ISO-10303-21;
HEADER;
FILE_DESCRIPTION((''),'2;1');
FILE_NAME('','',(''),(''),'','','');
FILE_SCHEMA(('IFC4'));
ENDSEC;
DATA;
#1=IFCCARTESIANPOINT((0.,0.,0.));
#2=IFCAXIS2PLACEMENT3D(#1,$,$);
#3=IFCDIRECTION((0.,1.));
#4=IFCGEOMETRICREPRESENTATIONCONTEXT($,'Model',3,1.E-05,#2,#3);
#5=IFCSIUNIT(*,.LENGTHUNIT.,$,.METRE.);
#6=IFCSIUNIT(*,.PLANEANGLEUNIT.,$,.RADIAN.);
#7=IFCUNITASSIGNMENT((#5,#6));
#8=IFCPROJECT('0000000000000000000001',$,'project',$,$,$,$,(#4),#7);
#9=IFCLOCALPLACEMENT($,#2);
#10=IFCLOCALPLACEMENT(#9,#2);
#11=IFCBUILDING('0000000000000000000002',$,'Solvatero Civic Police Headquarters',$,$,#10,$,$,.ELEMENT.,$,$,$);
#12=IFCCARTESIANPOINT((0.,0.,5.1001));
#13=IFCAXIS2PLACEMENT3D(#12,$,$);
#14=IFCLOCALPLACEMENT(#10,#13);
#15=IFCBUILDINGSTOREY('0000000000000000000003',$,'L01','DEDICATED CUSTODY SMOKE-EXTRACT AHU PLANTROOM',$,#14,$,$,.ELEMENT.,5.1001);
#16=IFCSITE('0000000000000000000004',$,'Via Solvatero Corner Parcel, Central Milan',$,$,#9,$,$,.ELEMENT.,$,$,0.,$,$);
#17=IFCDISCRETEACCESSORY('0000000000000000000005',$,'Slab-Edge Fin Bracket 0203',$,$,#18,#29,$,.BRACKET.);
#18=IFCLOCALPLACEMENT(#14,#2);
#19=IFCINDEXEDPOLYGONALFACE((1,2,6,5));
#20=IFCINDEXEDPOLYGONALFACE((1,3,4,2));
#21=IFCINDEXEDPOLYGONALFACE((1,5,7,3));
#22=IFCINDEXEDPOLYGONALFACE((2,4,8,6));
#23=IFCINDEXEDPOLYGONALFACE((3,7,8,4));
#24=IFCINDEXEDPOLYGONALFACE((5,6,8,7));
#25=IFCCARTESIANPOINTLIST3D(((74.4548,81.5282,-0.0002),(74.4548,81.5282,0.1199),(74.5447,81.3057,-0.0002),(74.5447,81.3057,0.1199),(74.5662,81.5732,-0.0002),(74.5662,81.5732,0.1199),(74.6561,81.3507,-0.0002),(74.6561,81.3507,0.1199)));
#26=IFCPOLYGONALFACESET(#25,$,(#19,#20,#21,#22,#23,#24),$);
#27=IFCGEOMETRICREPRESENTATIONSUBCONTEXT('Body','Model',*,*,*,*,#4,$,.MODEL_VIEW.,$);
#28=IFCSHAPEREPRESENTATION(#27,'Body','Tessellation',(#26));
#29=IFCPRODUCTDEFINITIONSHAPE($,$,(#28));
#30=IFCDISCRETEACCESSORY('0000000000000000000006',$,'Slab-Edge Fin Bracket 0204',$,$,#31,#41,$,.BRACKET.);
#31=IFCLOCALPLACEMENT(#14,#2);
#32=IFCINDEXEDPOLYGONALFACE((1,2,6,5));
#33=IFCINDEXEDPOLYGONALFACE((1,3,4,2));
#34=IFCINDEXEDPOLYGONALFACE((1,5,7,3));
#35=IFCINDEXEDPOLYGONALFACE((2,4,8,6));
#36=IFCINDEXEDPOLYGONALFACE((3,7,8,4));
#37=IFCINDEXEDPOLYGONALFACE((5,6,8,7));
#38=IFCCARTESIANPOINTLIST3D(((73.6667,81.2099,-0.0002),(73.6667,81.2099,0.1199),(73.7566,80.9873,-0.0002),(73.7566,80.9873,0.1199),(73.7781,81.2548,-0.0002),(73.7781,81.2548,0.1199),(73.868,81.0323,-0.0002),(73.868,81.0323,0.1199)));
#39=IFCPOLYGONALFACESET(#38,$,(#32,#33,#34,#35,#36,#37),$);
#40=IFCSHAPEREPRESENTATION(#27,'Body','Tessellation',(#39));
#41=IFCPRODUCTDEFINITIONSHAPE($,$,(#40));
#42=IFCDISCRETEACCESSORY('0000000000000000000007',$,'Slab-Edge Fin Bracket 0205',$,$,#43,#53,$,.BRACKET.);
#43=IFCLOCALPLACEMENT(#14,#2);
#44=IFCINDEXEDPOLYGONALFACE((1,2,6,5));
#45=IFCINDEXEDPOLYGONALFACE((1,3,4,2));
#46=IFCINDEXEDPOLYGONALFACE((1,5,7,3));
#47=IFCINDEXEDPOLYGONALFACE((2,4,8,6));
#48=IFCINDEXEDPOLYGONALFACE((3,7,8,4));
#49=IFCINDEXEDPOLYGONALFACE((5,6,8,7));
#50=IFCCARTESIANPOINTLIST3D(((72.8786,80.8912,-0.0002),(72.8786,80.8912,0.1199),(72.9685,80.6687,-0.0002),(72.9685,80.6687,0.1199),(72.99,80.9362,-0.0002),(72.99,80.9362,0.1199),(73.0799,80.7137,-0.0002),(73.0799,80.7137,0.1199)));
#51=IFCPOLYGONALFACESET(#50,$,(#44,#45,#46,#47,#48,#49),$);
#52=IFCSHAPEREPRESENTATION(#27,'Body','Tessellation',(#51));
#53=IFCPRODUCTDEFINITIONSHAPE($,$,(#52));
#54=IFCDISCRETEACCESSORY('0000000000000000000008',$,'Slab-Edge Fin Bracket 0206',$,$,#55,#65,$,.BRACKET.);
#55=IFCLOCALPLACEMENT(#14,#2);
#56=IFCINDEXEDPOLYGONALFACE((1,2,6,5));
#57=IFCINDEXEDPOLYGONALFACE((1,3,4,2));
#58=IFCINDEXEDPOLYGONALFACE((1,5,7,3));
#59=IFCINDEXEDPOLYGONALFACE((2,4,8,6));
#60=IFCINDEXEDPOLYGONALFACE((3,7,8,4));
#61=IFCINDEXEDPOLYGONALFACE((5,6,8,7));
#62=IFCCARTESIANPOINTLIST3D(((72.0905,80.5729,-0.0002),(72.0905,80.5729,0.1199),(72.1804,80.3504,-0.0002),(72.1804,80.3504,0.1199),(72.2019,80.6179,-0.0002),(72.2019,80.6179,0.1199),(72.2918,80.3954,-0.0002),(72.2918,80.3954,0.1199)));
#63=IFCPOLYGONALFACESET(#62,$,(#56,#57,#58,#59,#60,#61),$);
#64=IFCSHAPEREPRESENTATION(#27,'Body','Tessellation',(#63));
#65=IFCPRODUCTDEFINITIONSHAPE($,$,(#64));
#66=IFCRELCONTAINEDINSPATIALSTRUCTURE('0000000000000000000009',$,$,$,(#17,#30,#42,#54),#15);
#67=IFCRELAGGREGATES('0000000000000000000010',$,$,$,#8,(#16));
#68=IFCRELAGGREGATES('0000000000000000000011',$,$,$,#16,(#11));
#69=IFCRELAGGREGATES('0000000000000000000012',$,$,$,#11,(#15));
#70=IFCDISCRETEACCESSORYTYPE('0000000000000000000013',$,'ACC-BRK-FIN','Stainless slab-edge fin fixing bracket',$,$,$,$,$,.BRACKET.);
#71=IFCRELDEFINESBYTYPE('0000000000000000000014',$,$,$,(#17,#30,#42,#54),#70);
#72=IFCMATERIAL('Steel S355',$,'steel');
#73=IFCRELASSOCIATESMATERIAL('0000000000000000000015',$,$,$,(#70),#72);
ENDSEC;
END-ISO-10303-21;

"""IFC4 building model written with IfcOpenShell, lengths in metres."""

from ifc_helpers import new_model, si_unit, direction, frame, origin, origin_2d, place, context, subcontext, project, spatial, rectangle, extrude, material, type_object, element, save


model = new_model("IFC4")

# Units and contexts
model_context = context("Model", 3, precision=1e-05, world=origin(), true_north=direction((0.0, 1.0)))
body_context = subcontext(model_context, "Body", "Model", "MODEL_VIEW")
ifc_project = project(units=[si_unit("LENGTHUNIT", "METRE"), si_unit("PLANEANGLEUNIT", "RADIAN")], contexts=[model_context])

# Site, building, storey
site_placement = place(None, origin())
site = spatial("IfcSite", under=ifc_project, at=site_placement, Name="Via Solvatero Corner Parcel, Central Milan", CompositionType="ELEMENT", RefElevation=0.0)
building_placement = place(site_placement, origin())
building = spatial("IfcBuilding", under=site, at=building_placement, Name="Solvatero Civic Police Headquarters", CompositionType="ELEMENT")
storey_placement = place(building_placement, frame((0.0, 0.0, 5.1001)))
storey = spatial("IfcBuildingStorey", under=building, at=storey_placement, Name="L01", Description="DEDICATED CUSTODY SMOKE-EXTRACT AHU PLANTROOM", CompositionType="ELEMENT", Elevation=5.1001)

# Shared definitions
ifc_material_1 = material(Name="Steel S355", Category="steel")

# Discrete accessories
discrete_accessory_type = type_object("IfcDiscreteAccessoryType", Name="ACC-BRK-FIN", Description="Stainless slab-edge fin fixing bracket", PredefinedType="BRACKET", material=ifc_material_1)
for number, where, z_axis, x_axis, name in (
    (1, (74.5554, 81.4395, -0.0002), (0.0, 0.0, 1.0), (-0.927184, -0.374607, 0.0), "Slab-Edge Fin Bracket 0203"),
    (2, (73.7673, 81.1211, -0.0002), (0.0, 0.0, 1.0), (-0.927184, -0.374607, 0.0), "Slab-Edge Fin Bracket 0204"),
    (3, (72.9792, 80.8025, -0.0002), (0.0, 0.0, 1.0), (-0.927184, -0.374607, 0.0), "Slab-Edge Fin Bracket 0205"),
    (4, (72.1912, 80.4841, -0.0002), (0.0, 0.0, 1.0), (-0.927184, -0.374607, 0.0), "Slab-Edge Fin Bracket 0206"),
):
    element("IfcDiscreteAccessory", number, at=place(storey_placement, frame(where, z_axis=z_axis, x_axis=x_axis)), inside=storey, type_object=discrete_accessory_type, Name=name, PredefinedType="BRACKET", context=body_context, shape_type="SweptSolid", body=[
        extrude(rectangle(XDim=0.1201, YDim=0.24, at=origin_2d()), origin(), (0.0, 0.0, 1.0), 0.1201),
    ])

save(model, "model.ifc")
